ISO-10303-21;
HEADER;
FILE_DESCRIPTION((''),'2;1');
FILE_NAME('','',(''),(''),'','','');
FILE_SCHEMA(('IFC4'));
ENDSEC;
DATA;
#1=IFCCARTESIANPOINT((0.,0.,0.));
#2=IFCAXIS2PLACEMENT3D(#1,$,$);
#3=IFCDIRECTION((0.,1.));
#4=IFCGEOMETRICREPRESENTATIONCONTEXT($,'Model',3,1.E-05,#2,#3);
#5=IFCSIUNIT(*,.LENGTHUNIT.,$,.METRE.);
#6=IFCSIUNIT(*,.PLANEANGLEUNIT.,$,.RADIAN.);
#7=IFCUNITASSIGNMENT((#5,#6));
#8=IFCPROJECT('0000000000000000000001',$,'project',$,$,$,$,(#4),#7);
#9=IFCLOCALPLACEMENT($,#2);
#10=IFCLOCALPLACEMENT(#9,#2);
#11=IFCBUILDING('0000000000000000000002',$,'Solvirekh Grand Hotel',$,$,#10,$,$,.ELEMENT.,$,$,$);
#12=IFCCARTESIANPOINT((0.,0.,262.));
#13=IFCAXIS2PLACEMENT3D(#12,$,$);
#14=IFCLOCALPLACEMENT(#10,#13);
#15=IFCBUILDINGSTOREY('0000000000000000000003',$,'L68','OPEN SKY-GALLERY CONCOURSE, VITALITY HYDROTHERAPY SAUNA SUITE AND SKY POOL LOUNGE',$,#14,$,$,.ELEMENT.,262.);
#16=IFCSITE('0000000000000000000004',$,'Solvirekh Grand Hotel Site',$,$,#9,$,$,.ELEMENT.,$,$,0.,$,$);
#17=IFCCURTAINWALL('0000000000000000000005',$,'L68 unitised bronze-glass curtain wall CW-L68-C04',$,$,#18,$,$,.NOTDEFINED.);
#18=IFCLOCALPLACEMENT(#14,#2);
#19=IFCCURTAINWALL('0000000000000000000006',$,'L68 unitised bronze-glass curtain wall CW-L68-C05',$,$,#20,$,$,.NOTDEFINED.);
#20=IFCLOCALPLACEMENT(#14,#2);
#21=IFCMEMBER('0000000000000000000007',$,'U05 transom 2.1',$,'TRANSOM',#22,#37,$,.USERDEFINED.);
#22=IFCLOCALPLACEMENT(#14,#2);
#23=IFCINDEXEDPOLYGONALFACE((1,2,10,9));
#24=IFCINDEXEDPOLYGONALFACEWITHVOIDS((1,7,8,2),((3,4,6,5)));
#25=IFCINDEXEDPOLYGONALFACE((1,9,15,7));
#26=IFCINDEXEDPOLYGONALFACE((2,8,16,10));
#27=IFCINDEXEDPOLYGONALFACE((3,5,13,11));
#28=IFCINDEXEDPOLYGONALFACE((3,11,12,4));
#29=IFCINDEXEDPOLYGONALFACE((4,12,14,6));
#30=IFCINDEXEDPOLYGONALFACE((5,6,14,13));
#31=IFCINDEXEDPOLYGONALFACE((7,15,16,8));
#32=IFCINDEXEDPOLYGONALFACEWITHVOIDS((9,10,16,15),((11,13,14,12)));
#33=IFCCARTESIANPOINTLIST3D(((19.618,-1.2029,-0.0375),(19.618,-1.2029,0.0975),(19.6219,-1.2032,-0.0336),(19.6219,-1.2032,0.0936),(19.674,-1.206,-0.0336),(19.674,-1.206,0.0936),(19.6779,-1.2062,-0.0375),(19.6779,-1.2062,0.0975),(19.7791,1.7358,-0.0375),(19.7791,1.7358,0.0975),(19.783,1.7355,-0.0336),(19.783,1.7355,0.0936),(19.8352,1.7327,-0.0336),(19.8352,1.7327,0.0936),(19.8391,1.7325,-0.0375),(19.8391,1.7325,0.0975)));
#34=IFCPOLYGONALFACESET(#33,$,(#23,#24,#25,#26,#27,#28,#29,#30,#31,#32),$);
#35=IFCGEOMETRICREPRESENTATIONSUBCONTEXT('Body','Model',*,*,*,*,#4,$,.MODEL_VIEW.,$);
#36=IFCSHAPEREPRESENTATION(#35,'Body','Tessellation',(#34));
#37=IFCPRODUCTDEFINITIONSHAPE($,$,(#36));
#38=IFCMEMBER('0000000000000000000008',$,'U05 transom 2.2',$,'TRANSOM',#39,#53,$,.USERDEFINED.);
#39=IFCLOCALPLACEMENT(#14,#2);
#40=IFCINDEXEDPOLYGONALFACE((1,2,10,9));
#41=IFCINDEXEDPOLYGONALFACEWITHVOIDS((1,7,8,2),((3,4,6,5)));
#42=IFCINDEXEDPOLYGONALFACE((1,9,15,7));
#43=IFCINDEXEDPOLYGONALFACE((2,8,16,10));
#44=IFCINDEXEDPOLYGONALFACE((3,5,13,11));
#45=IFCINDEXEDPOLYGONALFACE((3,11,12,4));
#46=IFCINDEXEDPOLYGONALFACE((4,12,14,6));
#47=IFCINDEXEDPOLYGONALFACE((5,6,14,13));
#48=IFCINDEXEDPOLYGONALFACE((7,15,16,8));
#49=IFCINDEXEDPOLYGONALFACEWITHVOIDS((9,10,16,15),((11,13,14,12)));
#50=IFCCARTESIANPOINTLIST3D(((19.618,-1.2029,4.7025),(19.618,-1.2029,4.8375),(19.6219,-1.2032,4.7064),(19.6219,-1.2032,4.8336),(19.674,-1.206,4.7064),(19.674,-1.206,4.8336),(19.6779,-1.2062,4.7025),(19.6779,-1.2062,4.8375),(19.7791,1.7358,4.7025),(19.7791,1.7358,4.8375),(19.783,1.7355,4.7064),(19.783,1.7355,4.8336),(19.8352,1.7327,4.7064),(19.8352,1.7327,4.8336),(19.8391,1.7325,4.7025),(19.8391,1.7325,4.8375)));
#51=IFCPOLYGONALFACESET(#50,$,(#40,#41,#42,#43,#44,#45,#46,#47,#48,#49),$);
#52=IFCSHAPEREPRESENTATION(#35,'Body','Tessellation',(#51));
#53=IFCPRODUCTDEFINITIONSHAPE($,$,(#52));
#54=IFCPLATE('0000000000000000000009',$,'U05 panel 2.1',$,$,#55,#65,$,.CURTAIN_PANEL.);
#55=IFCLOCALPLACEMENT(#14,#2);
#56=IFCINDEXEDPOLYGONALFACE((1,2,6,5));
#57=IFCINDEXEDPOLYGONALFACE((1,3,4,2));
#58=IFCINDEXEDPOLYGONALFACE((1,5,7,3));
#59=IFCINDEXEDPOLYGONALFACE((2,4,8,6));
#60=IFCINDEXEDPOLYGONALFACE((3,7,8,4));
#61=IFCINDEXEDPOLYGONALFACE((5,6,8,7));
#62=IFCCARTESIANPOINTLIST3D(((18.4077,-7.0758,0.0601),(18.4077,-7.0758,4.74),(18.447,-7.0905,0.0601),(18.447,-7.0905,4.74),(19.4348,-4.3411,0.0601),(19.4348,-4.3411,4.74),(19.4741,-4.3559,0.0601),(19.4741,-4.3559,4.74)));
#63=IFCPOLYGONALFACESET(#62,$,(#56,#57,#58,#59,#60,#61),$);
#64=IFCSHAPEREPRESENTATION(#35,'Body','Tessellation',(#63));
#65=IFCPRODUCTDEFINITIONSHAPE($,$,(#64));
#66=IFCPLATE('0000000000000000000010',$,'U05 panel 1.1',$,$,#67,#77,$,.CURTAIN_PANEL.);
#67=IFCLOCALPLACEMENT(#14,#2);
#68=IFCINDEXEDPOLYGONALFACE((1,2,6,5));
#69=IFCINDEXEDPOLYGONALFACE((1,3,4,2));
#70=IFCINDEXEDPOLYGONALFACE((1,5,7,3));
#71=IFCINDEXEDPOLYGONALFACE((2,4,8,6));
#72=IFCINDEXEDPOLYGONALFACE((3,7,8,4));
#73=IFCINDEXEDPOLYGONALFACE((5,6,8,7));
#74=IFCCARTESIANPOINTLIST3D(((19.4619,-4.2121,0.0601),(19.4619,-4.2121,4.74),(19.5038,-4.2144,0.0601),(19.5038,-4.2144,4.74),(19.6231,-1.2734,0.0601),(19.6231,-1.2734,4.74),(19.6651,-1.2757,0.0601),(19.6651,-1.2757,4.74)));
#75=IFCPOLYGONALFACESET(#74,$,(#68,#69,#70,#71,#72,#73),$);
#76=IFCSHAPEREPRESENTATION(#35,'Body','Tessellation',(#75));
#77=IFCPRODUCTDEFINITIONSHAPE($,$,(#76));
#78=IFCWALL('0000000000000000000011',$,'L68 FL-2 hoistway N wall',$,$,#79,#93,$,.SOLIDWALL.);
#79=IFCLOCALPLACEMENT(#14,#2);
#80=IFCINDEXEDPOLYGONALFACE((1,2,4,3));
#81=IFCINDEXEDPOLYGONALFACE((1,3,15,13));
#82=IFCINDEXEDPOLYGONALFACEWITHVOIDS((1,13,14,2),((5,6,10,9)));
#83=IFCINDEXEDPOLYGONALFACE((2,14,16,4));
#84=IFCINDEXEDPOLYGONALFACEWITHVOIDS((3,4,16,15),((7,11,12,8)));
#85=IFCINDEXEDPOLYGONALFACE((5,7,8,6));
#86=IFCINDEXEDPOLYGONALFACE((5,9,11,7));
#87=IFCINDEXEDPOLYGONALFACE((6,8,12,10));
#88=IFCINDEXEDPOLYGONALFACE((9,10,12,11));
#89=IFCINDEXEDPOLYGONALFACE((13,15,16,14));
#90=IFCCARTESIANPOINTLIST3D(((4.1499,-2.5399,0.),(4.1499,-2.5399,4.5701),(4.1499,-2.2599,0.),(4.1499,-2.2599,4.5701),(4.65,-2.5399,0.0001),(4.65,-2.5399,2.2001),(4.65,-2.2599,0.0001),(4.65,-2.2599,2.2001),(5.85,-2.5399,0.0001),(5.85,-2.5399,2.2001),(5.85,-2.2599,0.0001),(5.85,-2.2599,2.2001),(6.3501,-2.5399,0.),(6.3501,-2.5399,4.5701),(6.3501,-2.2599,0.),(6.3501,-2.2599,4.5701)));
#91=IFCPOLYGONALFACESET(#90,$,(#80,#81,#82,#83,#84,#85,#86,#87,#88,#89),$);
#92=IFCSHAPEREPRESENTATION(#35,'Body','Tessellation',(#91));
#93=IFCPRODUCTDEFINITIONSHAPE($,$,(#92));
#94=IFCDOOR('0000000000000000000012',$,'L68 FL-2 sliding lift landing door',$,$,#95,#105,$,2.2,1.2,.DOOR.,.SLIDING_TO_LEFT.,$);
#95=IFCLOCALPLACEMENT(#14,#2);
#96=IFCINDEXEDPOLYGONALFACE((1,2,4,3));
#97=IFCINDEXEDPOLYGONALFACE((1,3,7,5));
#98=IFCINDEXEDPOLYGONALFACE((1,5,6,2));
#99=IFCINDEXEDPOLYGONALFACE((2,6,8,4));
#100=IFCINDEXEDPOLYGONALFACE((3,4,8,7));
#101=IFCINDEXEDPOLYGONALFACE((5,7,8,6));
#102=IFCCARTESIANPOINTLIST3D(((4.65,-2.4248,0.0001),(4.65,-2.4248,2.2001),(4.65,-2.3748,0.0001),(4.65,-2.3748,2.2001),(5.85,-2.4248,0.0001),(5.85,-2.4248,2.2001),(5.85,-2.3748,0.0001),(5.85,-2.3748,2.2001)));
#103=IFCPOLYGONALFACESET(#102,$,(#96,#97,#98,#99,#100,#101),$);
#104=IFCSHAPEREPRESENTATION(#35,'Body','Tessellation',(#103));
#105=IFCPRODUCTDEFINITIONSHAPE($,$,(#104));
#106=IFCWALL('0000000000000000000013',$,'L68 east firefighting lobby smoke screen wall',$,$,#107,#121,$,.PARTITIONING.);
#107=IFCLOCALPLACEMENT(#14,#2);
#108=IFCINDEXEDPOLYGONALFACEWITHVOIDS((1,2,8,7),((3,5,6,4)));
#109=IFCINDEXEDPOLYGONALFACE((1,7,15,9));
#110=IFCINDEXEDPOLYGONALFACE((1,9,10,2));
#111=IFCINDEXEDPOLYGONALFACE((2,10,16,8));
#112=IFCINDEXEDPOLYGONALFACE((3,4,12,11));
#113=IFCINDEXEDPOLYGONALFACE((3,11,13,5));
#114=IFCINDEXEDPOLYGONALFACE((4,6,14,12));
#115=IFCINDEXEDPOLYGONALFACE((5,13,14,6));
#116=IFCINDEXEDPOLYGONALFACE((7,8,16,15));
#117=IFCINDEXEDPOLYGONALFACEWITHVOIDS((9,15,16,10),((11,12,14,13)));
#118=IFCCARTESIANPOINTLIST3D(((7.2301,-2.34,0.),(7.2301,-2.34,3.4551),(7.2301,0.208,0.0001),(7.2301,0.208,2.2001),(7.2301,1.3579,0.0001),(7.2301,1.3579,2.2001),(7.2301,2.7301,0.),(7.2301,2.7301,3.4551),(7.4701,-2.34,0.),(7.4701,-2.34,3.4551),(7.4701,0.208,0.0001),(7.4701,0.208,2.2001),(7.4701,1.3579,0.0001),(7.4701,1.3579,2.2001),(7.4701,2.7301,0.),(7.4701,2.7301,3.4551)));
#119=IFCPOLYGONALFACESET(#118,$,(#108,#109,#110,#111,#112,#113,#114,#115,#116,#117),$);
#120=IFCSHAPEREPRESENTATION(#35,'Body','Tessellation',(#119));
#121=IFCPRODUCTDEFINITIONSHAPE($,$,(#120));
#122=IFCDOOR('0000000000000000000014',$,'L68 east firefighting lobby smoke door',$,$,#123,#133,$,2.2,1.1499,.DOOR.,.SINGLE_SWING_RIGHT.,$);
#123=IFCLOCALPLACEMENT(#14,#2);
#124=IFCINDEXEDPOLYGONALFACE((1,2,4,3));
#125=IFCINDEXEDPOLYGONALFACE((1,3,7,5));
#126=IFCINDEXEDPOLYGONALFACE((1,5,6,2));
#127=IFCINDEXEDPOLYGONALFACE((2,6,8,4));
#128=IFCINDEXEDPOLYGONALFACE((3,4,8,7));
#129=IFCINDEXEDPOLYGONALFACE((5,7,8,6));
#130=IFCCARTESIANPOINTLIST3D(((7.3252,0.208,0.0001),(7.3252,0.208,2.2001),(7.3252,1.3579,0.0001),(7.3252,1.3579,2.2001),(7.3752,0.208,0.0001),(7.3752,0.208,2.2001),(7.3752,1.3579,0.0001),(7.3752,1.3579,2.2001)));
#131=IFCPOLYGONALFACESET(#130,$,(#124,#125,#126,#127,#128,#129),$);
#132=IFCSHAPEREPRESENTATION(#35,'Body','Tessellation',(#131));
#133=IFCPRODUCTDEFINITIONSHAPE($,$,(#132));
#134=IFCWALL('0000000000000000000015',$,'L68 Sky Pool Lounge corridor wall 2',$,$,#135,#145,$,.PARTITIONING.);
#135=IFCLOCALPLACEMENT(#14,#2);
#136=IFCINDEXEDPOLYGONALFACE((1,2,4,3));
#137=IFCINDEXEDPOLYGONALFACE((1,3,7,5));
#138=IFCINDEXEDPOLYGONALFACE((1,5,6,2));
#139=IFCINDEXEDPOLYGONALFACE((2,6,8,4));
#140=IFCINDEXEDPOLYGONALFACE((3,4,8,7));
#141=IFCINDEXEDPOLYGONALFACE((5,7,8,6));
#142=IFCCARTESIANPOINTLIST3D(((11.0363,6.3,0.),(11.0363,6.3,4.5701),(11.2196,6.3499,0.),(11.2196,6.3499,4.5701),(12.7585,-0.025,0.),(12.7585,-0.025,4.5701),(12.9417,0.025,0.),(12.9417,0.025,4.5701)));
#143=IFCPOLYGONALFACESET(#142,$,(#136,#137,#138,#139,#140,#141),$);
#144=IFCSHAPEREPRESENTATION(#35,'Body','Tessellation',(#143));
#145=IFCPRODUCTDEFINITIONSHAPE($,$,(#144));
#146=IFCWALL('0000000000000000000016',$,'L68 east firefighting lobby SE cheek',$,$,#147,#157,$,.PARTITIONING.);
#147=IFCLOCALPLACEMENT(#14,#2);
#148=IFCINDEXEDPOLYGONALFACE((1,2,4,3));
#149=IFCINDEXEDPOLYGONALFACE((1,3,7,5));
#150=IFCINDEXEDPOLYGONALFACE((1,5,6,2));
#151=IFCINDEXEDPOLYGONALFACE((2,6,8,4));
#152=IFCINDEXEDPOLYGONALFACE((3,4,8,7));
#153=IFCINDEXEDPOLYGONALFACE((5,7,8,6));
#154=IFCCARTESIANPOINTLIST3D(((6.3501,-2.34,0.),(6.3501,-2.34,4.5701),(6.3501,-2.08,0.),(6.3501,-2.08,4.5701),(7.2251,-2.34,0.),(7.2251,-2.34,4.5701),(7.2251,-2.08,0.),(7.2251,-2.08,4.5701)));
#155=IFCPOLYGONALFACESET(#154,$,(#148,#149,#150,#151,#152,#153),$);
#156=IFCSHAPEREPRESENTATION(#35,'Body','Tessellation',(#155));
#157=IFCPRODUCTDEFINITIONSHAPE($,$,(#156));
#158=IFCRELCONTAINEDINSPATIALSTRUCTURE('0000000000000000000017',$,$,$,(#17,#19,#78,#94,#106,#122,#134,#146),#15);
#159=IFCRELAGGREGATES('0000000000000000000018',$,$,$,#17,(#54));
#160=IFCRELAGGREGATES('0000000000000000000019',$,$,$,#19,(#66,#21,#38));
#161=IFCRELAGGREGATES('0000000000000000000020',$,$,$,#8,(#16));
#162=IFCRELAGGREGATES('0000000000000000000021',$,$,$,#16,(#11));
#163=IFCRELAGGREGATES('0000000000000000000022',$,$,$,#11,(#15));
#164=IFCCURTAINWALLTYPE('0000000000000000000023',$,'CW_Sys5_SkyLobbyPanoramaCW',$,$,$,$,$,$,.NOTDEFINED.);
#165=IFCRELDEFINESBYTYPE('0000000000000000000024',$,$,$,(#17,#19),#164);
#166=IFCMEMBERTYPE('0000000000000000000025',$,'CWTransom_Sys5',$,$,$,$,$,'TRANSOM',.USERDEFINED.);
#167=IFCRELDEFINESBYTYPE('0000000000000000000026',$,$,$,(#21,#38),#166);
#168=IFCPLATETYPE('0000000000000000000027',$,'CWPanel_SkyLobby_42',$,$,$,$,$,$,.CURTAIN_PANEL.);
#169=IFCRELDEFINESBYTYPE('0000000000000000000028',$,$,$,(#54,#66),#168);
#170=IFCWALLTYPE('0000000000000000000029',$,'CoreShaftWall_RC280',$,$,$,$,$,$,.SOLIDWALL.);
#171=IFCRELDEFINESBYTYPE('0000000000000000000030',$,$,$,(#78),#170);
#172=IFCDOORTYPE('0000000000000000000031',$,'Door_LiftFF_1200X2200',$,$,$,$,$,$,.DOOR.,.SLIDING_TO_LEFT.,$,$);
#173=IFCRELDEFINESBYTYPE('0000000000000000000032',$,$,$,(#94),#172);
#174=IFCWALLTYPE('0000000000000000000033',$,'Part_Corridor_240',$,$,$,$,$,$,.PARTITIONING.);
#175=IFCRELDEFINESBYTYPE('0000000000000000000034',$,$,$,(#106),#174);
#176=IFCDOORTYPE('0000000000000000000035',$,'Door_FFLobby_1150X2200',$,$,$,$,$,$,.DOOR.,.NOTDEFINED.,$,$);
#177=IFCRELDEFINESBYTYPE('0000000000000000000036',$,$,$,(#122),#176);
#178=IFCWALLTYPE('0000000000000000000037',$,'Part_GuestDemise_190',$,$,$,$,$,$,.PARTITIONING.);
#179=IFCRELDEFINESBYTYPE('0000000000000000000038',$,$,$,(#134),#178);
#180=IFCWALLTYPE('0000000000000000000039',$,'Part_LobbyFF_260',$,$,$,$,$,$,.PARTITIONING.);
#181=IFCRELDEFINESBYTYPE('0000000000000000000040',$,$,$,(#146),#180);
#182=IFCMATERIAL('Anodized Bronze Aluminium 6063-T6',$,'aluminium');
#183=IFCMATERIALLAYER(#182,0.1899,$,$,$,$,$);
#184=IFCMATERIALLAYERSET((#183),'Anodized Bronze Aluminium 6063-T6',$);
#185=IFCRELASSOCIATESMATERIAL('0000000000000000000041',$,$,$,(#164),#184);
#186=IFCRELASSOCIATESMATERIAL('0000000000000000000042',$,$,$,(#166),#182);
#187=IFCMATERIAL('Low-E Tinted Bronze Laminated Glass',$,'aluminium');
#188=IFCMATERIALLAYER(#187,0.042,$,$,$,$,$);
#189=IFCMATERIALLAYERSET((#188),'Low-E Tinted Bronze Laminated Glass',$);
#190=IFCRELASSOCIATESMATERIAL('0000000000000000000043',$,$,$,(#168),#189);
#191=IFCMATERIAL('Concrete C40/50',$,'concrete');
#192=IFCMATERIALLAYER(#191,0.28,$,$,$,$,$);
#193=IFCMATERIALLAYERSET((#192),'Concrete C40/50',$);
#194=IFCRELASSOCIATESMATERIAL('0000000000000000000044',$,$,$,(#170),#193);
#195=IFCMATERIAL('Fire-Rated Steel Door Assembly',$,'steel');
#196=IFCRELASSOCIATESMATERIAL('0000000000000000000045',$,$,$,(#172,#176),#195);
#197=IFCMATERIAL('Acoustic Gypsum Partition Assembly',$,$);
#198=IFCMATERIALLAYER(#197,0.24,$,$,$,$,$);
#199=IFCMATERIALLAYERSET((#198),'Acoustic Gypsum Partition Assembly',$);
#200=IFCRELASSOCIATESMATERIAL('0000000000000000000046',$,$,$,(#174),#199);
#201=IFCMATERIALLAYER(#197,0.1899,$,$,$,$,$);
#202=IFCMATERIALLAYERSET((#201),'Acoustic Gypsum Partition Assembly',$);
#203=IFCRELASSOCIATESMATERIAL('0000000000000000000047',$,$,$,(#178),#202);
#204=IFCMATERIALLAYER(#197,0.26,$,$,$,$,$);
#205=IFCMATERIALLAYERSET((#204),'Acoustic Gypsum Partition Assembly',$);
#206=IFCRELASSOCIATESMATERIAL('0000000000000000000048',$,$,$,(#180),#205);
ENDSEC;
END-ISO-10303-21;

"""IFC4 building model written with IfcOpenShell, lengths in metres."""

from ifc_helpers import new_model, si_unit, direction, frame, frame_2d, origin, origin_2d, place, context, subcontext, project, spatial, rectangle, hollow_rectangle, extrude, source, transform, mapped, material, layer, layer_set, material_profile, profile_set, type_object, element, fill, aggregate, save


model = new_model("IFC4")

# Units and contexts
model_context = context("Model", 3, precision=1e-05, world=origin(), true_north=direction((0.0, 1.0)))
body_context = subcontext(model_context, "Body", "Model", "MODEL_VIEW")
ifc_project = project(units=[si_unit("LENGTHUNIT", "METRE"), si_unit("PLANEANGLEUNIT", "RADIAN")], contexts=[model_context])

# Site, building, storey
site_placement = place(None, origin())
site = spatial("IfcSite", under=ifc_project, at=site_placement, Name="Solvirekh Grand Hotel Site", CompositionType="ELEMENT", RefElevation=0.0)
building_placement = place(site_placement, origin())
building = spatial("IfcBuilding", under=site, at=building_placement, Name="Solvirekh Grand Hotel", CompositionType="ELEMENT")
storey_placement = place(building_placement, frame((0.0, 0.0, 262.0)))
storey = spatial("IfcBuildingStorey", under=building, at=storey_placement, Name="L68", Description="OPEN SKY-GALLERY CONCOURSE, VITALITY HYDROTHERAPY SAUNA SUITE AND SKY POOL LOUNGE", CompositionType="ELEMENT", Elevation=262.0)

# Curtain wall
ifc_material_1 = material(Name="Anodized Bronze Aluminium 6063-T6", Category="aluminium")
ifc_layer_1 = layer(ifc_material_1, 0.1899)
ifc_layer_set_1 = layer_set([ifc_layer_1], Name="Anodized Bronze Aluminium 6063-T6")
curtain_wall_type = type_object("IfcCurtainWallType", Name="CW_Sys5_SkyLobbyPanoramaCW", PredefinedType="NOTDEFINED", material=ifc_layer_set_1)
curtain_wall_1_placement = place(storey_placement, origin())
curtain_wall_1 = element("IfcCurtainWall", 1, at=curtain_wall_1_placement, inside=storey, type_object=curtain_wall_type, Name="L68 unitised bronze-glass curtain wall CW-L68-C04", PredefinedType="NOTDEFINED")

# Curtain wall, members
curtain_wall_2_placement = place(storey_placement, origin())
curtain_wall_2 = element("IfcCurtainWall", 2, at=curtain_wall_2_placement, inside=storey, type_object=curtain_wall_type, Name="L68 unitised bronze-glass curtain wall CW-L68-C05", PredefinedType="NOTDEFINED")
ifc_material_profile_1 = material_profile(ifc_material_1, hollow_rectangle(XDim=0.0601, YDim=0.135, WallThickness=0.0039, at=origin_2d()), Name="ALU RHS 135X60X4")
ifc_profile_set_1 = profile_set([ifc_material_profile_1], Name="Anodized Bronze Aluminium 6063-T6")
member_type_1 = type_object("IfcMemberType", Name="CWTransom_Sys5", ElementType="TRANSOM", PredefinedType="USERDEFINED", material=ifc_profile_set_1)
shared_shape_1 = source(origin(), body_context, "Body", "SweptSolid", [
    extrude(hollow_rectangle(XDim=0.0601, YDim=0.135, WallThickness=0.0039, at=origin_2d()), origin(), (0.0, 0.0, 1.0), 2.9431),
])
member_1_placement = place(storey_placement, frame((19.6479, -1.2046, 0.03), z_axis=(0.054749, 0.9985, 0.0), x_axis=(-0.9985, 0.054749, 0.0)))
member_1 = element("IfcMember", 3, at=member_1_placement, type_object=member_type_1, Name="U05 transom 2.1", ObjectType="TRANSOM", PredefinedType="USERDEFINED", context=body_context, shape_type="MappedRepresentation", body=[
    mapped(shared_shape_1, transform((0.0, 0.0, 0.0), x_axis=(1.0, 0.0, 0.0), y_axis=(0.0, 1.0, 0.0), z_axis=(0.0, 0.0, 1.0), scale=1.0)),
])
member_2_placement = place(storey_placement, frame((19.6479, -1.2046, 4.77), z_axis=(0.054749, 0.9985, 0.0), x_axis=(-0.9985, 0.054749, 0.0)))
member_2 = element("IfcMember", 4, at=member_2_placement, type_object=member_type_1, Name="U05 transom 2.2", ObjectType="TRANSOM", PredefinedType="USERDEFINED", context=body_context, shape_type="MappedRepresentation", body=[
    mapped(shared_shape_1, transform((0.0, 0.0, 0.0), x_axis=(1.0, 0.0, 0.0), y_axis=(0.0, 1.0, 0.0), z_axis=(0.0, 0.0, 1.0), scale=1.0)),
])

# Plates
ifc_material_2 = material(Name="Low-E Tinted Bronze Laminated Glass", Category="aluminium")
ifc_layer_2 = layer(ifc_material_2, 0.042)
ifc_layer_set_2 = layer_set([ifc_layer_2], Name="Low-E Tinted Bronze Laminated Glass")
plate_type = type_object("IfcPlateType", Name="CWPanel_SkyLobby_42", PredefinedType="CURTAIN_PANEL", material=ifc_layer_set_2)
shared_shape_2 = source(origin(), body_context, "Body", "SweptSolid", [
    extrude(rectangle(XDim=2.9211, YDim=0.042, at=origin_2d()), origin(), (0.0, 0.0, 1.0), 4.6799),
])
plate_1_placement = place(storey_placement, frame((18.9409, -5.7158, 0.0601), z_axis=(0.0, 0.0, 1.0), x_axis=(0.351594, 0.936153, 0.0)))
plate_1 = element("IfcPlate", 5, at=plate_1_placement, type_object=plate_type, Name="U05 panel 2.1", PredefinedType="CURTAIN_PANEL", context=body_context, shape_type="MappedRepresentation", body=[
    mapped(shared_shape_2, transform((0.0, 0.0, 0.0), x_axis=(1.0, 0.0, 0.0), y_axis=(0.0, 1.0, 0.0), z_axis=(0.0, 0.0, 1.0), scale=1.0)),
])
aggregate(curtain_wall_1, [plate_1])
shared_shape_3 = source(origin(), body_context, "Body", "SweptSolid", [
    extrude(rectangle(XDim=2.9431, YDim=0.042, at=origin_2d()), origin(), (0.0, 0.0, 1.0), 4.6799),
])
plate_2_placement = place(storey_placement, frame((19.5635, -2.7439, 0.0601), z_axis=(0.0, 0.0, 1.0), x_axis=(0.054789, 0.998498, 0.0)))
plate_2 = element("IfcPlate", 6, at=plate_2_placement, type_object=plate_type, Name="U05 panel 1.1", PredefinedType="CURTAIN_PANEL", context=body_context, shape_type="MappedRepresentation", body=[
    mapped(shared_shape_3, transform((0.0, 0.0, 0.0), x_axis=(1.0, 0.0, 0.0), y_axis=(0.0, 1.0, 0.0), z_axis=(0.0, 0.0, 1.0), scale=1.0)),
])
aggregate(curtain_wall_2, [plate_2, member_1, member_2])

# Walls, openings, doors
ifc_material_3 = material(Name="Concrete C40/50", Category="concrete")
ifc_layer_3 = layer(ifc_material_3, 0.28)
ifc_layer_set_3 = layer_set([ifc_layer_3], Name="Concrete C40/50")
wall_type_1 = type_object("IfcWallType", Name="CoreShaftWall_RC280", PredefinedType="SOLIDWALL", material=ifc_layer_set_3)
wall_1_placement = place(storey_placement, frame((6.3501, -2.3999, 0.0), z_axis=(0.0, 0.0, 1.0), x_axis=(-1.0, 0.0, 0.0)))
wall_1 = element("IfcWall", 7, at=wall_1_placement, inside=storey, type_object=wall_type_1, Name="L68 FL-2 hoistway N wall", PredefinedType="SOLIDWALL", context=body_context, shape_type="SweptSolid", body=[
    extrude(rectangle(XDim=2.2002, YDim=0.28, at=frame_2d((1.1001, 0.0))), origin(), (0.0, 0.0, 1.0), 4.5701),
])
opening_1_placement = place(wall_1_placement, frame((0.5, 0.0, 0.0)))
opening_1 = element("IfcOpeningElement", 8, at=opening_1_placement, cuts=wall_1, PredefinedType="OPENING", context=body_context, shape_type="SweptSolid", body=[
    extrude(rectangle(XDim=1.2, YDim=2.2, at=frame_2d((0.6001, 1.1001))), frame((0.0, 0.1499, 0.0), z_axis=(0.0, -1.0, 0.0), x_axis=(1.0, 0.0, 0.0)), (0.0, 0.0, 1.0), 0.3),
])
ifc_material_4 = material(Name="Fire-Rated Steel Door Assembly", Category="steel")
door_type_1 = type_object("IfcDoorType", Name="Door_LiftFF_1200X2200", OperationType="SLIDING_TO_LEFT", PredefinedType="DOOR", material=ifc_material_4)
door_1_placement = place(opening_1_placement, origin())
door_1 = element("IfcDoor", 9, at=door_1_placement, inside=storey, type_object=door_type_1, Name="L68 FL-2 sliding lift landing door", OperationType="SLIDING_TO_LEFT", OverallHeight=2.2, OverallWidth=1.2, PredefinedType="DOOR", context=body_context, shape_type="SweptSolid", body=[
    extrude(rectangle(XDim=1.2, YDim=2.2, at=frame_2d((0.6001, 1.1001))), frame((0.0, 0.0249, 0.0), z_axis=(0.0, -1.0, 0.0), x_axis=(1.0, 0.0, 0.0)), (0.0, 0.0, 1.0), 0.05),
])
fill(opening_1, door_1)
ifc_material_5 = material(Name="Acoustic Gypsum Partition Assembly")
ifc_layer_4 = layer(ifc_material_5, 0.24)
ifc_layer_set_4 = layer_set([ifc_layer_4], Name="Acoustic Gypsum Partition Assembly")
wall_type_2 = type_object("IfcWallType", Name="Part_Corridor_240", PredefinedType="PARTITIONING", material=ifc_layer_set_4)
wall_2_placement = place(storey_placement, frame((7.3501, -2.3401, 0.0), z_axis=(0.0, 0.0, 1.0), x_axis=(0.0, 1.0, 0.0)))
wall_2 = element("IfcWall", 10, at=wall_2_placement, inside=storey, type_object=wall_type_2, Name="L68 east firefighting lobby smoke screen wall", PredefinedType="PARTITIONING", context=body_context, shape_type="SweptSolid", body=[
    extrude(rectangle(XDim=5.0701, YDim=0.24, at=frame_2d((2.5352, 0.0))), origin(), (0.0, 0.0, 1.0), 3.4551),
])
opening_2_placement = place(wall_2_placement, frame((2.5481, 0.0, 0.0)))
opening_2 = element("IfcOpeningElement", 11, at=opening_2_placement, cuts=wall_2, PredefinedType="OPENING", context=body_context, shape_type="SweptSolid", body=[
    extrude(rectangle(XDim=1.1499, YDim=2.2, at=frame_2d((0.575, 1.1001))), frame((0.0, 0.1299, 0.0), z_axis=(0.0, -1.0, 0.0), x_axis=(1.0, 0.0, 0.0)), (0.0, 0.0, 1.0), 0.26),
])
door_type_2 = type_object("IfcDoorType", Name="Door_FFLobby_1150X2200", OperationType="NOTDEFINED", PredefinedType="DOOR", material=ifc_material_4)
door_2_placement = place(opening_2_placement, origin())
door_2 = element("IfcDoor", 12, at=door_2_placement, inside=storey, type_object=door_type_2, Name="L68 east firefighting lobby smoke door", OperationType="SINGLE_SWING_RIGHT", OverallHeight=2.2, OverallWidth=1.1499, PredefinedType="DOOR", context=body_context, shape_type="SweptSolid", body=[
    extrude(rectangle(XDim=1.1499, YDim=2.2, at=frame_2d((0.575, 1.1001))), frame((0.0, 0.0249, 0.0), z_axis=(0.0, -1.0, 0.0), x_axis=(1.0, 0.0, 0.0)), (0.0, 0.0, 1.0), 0.05),
])
fill(opening_2, door_2)

# Walls
ifc_layer_5 = layer(ifc_material_5, 0.1899)
ifc_layer_set_5 = layer_set([ifc_layer_5], Name="Acoustic Gypsum Partition Assembly")
wall_type_3 = type_object("IfcWallType", Name="Part_GuestDemise_190", PredefinedType="PARTITIONING", material=ifc_layer_set_5)
wall_3_placement = place(storey_placement, frame((12.8501, 0.0, 0.0), z_axis=(0.0, 0.0, 1.0), x_axis=(-0.262717, 0.964873, 0.0)))
element("IfcWall", 13, at=wall_3_placement, inside=storey, type_object=wall_type_3, Name="L68 Sky Pool Lounge corridor wall 2", PredefinedType="PARTITIONING", context=body_context, shape_type="SweptSolid", body=[
    extrude(rectangle(XDim=6.5552, YDim=0.1899, at=frame_2d((3.2776, 0.0))), origin(), (0.0, 0.0, 1.0), 4.5701),
])
ifc_layer_6 = layer(ifc_material_5, 0.26)
ifc_layer_set_6 = layer_set([ifc_layer_6], Name="Acoustic Gypsum Partition Assembly")
wall_type_4 = type_object("IfcWallType", Name="Part_LobbyFF_260", PredefinedType="PARTITIONING", material=ifc_layer_set_6)
wall_4_placement = place(storey_placement, frame((6.3501, -2.21, 0.0), z_axis=(0.0, 0.0, 1.0), x_axis=(1.0, 0.0, 0.0)))
element("IfcWall", 14, at=wall_4_placement, inside=storey, type_object=wall_type_4, Name="L68 east firefighting lobby SE cheek", PredefinedType="PARTITIONING", context=body_context, shape_type="SweptSolid", body=[
    extrude(rectangle(XDim=0.875, YDim=0.26, at=frame_2d((0.4375, 0.0))), origin(), (0.0, 0.0, 1.0), 4.5701),
])

save(model, "model.ifc")
